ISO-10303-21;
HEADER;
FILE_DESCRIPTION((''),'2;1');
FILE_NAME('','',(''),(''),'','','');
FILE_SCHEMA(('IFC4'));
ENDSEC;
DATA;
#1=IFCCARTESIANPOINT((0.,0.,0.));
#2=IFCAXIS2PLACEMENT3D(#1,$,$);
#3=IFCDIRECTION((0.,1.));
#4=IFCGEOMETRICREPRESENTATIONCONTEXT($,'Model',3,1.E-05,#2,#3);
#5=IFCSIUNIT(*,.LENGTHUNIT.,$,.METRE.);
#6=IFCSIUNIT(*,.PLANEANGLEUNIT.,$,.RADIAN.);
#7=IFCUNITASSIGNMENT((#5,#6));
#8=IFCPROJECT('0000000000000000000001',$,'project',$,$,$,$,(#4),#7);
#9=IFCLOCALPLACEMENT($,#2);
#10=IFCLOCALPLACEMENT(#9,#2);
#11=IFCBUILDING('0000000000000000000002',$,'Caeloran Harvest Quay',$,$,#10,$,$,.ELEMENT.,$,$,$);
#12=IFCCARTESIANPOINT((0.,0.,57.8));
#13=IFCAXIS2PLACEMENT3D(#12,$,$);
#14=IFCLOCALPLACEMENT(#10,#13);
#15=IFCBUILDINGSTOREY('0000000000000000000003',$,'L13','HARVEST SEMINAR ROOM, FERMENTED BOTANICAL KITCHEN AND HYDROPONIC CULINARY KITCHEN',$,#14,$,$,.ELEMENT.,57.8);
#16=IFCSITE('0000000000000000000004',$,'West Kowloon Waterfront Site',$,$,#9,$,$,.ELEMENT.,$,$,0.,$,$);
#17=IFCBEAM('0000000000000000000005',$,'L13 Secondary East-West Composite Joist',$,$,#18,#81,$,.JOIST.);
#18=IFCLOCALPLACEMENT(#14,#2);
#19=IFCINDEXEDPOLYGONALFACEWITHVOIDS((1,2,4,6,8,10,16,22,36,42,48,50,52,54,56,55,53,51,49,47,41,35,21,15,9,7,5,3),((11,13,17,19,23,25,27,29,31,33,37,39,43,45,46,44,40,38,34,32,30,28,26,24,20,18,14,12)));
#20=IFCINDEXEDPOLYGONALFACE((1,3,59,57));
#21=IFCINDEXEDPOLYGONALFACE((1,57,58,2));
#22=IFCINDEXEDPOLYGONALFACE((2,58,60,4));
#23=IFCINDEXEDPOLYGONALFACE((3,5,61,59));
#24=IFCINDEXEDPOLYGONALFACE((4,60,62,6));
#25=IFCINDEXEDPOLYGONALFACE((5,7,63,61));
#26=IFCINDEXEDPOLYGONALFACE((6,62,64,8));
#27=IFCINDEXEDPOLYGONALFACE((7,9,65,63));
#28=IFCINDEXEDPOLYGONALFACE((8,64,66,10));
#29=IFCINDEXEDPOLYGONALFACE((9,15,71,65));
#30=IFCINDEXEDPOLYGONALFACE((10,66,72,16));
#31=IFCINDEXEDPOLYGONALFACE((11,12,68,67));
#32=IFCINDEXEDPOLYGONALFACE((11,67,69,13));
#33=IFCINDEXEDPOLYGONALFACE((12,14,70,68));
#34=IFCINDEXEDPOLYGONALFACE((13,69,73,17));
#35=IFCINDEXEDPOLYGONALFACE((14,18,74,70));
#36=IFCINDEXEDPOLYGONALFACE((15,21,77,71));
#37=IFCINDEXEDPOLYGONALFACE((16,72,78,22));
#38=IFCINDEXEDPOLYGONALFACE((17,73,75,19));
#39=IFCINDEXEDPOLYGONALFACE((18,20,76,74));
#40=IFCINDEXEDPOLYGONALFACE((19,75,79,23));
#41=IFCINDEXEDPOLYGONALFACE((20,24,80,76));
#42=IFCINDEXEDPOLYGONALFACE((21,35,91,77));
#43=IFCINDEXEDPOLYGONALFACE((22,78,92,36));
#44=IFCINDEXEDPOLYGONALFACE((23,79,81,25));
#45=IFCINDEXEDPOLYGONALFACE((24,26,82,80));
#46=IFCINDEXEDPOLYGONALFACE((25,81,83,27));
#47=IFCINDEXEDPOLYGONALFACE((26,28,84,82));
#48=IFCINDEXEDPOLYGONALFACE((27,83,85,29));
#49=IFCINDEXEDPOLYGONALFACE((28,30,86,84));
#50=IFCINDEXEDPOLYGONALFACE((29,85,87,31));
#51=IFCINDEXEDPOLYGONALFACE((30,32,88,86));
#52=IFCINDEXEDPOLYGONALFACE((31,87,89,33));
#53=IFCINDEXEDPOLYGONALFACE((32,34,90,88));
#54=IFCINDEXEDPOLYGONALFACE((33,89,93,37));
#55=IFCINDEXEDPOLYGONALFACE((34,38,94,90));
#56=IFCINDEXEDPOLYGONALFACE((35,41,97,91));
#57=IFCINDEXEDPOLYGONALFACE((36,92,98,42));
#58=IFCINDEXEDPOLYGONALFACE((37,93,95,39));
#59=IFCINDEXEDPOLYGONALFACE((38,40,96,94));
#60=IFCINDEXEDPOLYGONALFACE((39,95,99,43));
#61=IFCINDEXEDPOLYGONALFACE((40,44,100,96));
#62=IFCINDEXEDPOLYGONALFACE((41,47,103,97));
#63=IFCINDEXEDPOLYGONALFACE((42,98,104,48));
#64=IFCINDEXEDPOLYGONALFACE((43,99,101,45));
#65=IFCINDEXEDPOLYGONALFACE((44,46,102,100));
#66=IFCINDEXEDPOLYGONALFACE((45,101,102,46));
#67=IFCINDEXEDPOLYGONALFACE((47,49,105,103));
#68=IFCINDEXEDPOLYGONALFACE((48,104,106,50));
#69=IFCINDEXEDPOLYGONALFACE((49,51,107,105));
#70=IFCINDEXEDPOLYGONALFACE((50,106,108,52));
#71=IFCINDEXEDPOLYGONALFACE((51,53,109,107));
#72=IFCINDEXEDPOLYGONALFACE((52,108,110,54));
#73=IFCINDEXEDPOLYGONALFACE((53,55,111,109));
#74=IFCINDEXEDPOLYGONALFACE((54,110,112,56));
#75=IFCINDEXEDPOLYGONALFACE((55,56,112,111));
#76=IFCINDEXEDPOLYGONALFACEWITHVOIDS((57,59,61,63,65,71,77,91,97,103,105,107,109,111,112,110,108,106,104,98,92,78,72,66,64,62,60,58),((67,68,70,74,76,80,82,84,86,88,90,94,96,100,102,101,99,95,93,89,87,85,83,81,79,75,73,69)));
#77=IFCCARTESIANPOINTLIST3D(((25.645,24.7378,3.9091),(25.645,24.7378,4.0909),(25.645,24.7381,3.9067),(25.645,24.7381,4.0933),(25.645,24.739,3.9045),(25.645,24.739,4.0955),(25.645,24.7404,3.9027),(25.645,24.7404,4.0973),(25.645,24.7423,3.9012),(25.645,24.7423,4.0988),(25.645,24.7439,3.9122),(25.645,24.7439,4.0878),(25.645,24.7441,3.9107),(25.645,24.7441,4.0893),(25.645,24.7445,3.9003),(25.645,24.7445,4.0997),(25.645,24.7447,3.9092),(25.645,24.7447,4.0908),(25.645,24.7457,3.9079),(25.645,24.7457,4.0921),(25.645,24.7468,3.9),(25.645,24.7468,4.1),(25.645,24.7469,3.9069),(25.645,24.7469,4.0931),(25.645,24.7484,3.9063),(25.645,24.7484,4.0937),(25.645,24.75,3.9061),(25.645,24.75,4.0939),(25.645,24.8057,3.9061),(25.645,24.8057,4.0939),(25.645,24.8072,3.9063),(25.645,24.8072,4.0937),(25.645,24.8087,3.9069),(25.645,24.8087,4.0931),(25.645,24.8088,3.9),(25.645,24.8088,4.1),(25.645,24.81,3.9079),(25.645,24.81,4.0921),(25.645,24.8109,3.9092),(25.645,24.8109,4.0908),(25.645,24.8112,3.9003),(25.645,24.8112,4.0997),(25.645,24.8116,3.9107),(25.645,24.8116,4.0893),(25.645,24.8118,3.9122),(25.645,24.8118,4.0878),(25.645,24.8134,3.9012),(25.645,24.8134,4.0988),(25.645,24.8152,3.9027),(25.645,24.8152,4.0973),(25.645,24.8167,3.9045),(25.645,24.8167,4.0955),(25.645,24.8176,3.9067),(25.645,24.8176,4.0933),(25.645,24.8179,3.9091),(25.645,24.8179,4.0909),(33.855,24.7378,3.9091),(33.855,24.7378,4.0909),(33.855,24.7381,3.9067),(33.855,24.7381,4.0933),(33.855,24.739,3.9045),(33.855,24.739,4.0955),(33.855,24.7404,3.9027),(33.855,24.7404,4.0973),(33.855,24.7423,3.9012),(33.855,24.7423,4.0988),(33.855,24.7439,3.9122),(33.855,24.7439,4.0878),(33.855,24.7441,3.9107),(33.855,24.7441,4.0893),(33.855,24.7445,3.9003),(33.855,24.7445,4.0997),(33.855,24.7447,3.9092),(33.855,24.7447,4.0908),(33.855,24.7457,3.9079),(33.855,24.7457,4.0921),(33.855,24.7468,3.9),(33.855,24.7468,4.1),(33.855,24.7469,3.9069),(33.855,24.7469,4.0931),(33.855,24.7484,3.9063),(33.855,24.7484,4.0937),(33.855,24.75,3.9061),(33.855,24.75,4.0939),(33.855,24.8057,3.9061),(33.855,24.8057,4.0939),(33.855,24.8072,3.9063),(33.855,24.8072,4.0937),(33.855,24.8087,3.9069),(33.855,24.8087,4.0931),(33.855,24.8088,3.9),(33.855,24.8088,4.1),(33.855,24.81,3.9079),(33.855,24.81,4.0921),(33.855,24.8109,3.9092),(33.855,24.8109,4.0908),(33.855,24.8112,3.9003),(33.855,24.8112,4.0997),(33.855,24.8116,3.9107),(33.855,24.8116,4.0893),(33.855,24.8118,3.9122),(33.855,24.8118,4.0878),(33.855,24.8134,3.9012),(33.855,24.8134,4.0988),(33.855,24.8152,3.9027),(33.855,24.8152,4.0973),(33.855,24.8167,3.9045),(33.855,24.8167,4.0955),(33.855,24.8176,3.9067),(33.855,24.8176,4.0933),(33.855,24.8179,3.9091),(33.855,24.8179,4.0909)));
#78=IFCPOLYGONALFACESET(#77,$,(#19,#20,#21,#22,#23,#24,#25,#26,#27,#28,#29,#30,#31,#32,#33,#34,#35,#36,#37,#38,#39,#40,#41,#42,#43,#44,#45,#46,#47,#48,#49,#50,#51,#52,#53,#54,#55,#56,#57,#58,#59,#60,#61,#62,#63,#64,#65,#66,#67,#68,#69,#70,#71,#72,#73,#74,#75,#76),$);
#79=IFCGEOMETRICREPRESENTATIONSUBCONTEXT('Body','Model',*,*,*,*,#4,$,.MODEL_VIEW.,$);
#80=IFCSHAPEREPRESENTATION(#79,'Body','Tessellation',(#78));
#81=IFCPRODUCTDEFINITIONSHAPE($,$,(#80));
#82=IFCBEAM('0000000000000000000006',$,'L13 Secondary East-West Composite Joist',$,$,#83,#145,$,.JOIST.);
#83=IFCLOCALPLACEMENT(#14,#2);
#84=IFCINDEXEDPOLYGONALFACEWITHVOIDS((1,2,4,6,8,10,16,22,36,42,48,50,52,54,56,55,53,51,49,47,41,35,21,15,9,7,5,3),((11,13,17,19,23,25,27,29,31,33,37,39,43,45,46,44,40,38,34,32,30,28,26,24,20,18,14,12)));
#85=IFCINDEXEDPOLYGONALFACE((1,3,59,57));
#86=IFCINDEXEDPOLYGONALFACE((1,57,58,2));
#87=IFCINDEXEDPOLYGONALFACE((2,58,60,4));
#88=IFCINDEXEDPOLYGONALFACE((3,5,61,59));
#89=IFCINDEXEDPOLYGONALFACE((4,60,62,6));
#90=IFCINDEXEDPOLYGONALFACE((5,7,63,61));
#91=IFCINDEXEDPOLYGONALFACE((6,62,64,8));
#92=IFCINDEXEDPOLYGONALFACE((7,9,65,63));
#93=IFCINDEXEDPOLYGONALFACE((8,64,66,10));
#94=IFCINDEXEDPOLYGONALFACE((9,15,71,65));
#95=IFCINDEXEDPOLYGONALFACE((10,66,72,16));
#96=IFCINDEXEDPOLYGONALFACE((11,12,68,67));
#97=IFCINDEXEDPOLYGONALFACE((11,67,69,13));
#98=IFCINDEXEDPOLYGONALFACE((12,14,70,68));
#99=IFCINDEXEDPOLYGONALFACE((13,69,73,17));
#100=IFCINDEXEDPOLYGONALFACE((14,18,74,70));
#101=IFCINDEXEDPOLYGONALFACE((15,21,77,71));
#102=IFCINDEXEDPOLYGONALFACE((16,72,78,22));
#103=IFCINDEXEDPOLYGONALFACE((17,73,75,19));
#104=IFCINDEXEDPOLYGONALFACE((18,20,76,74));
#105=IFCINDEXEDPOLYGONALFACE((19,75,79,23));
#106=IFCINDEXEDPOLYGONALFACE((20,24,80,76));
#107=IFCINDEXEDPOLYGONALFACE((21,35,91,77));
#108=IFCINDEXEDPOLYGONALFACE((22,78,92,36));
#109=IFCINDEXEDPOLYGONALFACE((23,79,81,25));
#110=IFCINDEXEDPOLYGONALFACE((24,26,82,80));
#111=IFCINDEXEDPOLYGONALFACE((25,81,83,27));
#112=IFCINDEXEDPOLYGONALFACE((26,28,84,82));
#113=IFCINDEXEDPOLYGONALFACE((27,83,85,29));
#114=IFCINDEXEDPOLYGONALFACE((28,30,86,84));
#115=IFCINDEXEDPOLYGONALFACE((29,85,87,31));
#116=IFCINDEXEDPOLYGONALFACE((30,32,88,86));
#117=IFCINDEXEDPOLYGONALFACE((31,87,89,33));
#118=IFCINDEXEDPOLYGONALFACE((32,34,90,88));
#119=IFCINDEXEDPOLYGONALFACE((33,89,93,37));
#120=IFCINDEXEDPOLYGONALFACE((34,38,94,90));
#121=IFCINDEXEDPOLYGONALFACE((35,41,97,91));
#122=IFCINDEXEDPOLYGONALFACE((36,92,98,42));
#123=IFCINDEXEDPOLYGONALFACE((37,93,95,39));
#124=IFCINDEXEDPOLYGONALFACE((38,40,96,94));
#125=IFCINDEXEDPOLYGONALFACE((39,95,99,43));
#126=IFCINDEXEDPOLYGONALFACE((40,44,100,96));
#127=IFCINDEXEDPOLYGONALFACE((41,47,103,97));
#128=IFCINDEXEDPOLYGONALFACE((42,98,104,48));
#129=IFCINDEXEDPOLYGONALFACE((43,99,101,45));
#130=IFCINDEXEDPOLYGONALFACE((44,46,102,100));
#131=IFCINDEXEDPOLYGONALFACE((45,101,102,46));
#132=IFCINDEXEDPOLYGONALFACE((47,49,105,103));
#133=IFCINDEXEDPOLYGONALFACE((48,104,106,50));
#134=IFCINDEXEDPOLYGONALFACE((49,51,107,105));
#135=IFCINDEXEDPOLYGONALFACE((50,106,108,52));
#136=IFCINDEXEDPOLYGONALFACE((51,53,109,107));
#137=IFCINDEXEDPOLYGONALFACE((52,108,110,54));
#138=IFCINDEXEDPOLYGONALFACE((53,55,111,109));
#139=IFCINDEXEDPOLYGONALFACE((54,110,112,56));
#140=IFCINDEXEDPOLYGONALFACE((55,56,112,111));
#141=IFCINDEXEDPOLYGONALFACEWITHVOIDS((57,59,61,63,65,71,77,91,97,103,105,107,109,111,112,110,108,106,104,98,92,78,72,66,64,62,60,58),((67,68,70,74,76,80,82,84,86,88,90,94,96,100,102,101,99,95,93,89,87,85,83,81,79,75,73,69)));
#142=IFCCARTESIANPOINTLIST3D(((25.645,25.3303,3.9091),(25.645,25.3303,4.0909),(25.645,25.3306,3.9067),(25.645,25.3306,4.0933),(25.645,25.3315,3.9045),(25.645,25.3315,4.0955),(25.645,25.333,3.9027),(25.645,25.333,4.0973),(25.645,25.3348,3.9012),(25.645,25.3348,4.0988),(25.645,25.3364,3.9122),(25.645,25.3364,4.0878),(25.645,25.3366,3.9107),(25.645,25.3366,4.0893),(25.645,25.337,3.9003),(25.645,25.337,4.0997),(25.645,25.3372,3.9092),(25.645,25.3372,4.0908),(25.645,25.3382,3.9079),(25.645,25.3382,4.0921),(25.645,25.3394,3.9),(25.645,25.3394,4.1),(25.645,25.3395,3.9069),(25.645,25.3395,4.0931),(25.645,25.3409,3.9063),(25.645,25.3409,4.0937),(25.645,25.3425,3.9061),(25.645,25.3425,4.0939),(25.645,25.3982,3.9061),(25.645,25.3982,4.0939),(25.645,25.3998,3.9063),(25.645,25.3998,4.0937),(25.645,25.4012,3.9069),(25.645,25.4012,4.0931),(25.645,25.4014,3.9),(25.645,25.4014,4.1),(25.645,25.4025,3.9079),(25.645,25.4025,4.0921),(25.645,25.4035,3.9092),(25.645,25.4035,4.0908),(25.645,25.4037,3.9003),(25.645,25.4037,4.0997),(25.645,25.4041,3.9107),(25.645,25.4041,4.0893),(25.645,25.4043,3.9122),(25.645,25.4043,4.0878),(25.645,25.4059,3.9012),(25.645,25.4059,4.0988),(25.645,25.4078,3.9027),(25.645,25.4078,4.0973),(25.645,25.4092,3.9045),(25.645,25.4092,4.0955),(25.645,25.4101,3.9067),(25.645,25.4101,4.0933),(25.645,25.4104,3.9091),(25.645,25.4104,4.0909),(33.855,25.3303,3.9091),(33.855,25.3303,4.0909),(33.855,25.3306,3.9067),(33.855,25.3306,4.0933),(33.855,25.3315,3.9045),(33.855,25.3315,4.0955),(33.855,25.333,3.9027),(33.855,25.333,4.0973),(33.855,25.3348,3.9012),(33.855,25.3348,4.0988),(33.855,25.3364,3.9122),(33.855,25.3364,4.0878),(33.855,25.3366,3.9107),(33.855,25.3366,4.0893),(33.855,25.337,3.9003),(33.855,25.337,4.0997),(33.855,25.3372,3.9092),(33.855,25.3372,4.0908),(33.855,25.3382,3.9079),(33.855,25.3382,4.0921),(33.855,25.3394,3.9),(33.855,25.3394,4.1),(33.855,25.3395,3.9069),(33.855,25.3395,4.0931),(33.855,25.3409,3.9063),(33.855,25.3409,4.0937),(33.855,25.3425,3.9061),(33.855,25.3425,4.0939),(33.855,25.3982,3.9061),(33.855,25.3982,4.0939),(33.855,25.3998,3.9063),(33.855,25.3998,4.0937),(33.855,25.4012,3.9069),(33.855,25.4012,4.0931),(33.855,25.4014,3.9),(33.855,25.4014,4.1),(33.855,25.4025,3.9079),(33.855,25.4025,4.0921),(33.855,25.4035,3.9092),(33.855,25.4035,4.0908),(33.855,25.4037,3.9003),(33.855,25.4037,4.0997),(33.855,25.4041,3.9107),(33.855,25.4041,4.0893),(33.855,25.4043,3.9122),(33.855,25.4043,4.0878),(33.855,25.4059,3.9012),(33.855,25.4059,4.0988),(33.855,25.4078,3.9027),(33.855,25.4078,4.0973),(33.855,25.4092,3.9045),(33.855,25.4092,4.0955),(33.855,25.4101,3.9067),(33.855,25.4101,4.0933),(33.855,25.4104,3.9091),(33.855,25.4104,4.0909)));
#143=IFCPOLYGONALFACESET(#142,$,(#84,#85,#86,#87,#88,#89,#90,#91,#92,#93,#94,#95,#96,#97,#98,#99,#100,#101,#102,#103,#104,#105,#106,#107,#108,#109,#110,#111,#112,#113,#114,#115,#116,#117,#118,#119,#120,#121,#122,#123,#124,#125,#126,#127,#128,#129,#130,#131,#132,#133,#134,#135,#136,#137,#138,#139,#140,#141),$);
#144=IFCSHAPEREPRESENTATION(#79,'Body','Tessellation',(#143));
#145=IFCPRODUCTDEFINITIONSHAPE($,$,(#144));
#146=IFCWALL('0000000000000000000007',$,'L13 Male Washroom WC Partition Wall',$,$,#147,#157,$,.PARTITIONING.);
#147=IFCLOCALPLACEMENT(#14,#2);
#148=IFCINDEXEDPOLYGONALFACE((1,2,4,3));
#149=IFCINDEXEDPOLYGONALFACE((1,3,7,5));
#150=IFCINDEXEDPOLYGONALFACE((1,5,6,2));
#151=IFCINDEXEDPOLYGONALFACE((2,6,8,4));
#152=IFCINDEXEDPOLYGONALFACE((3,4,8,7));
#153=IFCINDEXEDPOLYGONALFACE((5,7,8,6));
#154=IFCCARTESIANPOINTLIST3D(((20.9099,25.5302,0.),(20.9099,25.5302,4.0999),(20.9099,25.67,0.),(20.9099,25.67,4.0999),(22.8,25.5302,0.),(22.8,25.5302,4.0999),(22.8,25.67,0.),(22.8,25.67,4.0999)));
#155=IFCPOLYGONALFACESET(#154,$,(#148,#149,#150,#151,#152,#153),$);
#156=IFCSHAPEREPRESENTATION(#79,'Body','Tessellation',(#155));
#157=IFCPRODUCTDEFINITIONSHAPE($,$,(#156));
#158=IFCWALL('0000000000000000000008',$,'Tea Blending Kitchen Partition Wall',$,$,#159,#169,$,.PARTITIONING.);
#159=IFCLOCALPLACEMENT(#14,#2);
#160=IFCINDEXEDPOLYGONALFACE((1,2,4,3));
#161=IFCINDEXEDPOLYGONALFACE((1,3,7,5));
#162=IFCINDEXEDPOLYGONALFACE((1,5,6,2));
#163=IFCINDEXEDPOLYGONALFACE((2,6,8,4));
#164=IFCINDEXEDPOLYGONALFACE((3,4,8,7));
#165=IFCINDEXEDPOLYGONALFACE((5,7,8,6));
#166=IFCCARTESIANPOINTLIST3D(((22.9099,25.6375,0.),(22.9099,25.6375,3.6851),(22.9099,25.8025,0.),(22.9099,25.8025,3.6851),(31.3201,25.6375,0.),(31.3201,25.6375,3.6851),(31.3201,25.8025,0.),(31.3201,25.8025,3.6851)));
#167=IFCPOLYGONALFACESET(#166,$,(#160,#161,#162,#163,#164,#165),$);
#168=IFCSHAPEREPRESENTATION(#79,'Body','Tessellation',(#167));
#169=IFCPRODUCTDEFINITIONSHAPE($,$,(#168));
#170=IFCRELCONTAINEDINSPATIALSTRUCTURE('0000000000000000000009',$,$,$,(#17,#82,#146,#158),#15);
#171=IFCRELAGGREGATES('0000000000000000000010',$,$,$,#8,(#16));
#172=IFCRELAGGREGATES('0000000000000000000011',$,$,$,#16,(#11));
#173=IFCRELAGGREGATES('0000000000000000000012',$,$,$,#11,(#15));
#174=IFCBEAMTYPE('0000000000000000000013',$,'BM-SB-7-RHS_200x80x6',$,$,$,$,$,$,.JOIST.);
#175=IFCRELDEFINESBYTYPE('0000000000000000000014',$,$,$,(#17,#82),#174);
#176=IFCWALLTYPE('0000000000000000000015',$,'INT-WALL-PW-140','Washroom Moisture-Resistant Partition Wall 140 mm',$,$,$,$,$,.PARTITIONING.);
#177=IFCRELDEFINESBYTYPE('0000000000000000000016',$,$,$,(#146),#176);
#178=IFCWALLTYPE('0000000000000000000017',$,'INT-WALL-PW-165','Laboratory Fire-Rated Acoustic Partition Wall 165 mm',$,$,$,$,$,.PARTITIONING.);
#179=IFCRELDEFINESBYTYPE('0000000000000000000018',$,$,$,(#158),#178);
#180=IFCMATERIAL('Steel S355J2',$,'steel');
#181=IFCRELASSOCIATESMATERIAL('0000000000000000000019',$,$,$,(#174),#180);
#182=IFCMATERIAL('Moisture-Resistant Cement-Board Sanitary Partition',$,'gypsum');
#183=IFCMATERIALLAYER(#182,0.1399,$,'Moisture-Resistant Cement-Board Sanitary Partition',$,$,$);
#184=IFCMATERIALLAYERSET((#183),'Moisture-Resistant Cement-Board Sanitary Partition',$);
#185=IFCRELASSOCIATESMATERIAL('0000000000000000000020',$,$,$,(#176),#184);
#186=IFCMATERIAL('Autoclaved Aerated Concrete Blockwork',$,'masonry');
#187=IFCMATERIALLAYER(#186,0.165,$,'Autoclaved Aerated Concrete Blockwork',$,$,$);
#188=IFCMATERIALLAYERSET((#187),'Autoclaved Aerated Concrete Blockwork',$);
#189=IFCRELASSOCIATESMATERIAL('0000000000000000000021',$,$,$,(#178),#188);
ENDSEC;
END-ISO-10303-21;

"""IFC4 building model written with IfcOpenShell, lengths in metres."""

from ifc_helpers import new_model, si_unit, direction, frame, frame_2d, origin, origin_2d, place, context, subcontext, project, spatial, rectangle, hollow_rectangle, extrude, material, layer, layer_set, material_profile, profile_set, type_object, element, save


model = new_model("IFC4")

# Units and contexts
model_context = context("Model", 3, precision=1e-05, world=origin(), true_north=direction((0.0, 1.0)))
body_context = subcontext(model_context, "Body", "Model", "MODEL_VIEW")
ifc_project = project(units=[si_unit("LENGTHUNIT", "METRE"), si_unit("PLANEANGLEUNIT", "RADIAN")], contexts=[model_context])

# Site, building, storey
site_placement = place(None, origin())
site = spatial("IfcSite", under=ifc_project, at=site_placement, Name="West Kowloon Waterfront Site", CompositionType="ELEMENT", RefElevation=0.0)
building_placement = place(site_placement, origin())
building = spatial("IfcBuilding", under=site, at=building_placement, Name="Caeloran Harvest Quay", CompositionType="ELEMENT")
storey_placement = place(building_placement, frame((0.0, 0.0, 57.8)))
storey = spatial("IfcBuildingStorey", under=building, at=storey_placement, Name="L13", Description="HARVEST SEMINAR ROOM, FERMENTED BOTANICAL KITCHEN AND HYDROPONIC CULINARY KITCHEN", CompositionType="ELEMENT", Elevation=57.8)

# Beams
ifc_material_1 = material(Name="Steel S355J2", Category="steel")
ifc_material_profile_1 = material_profile(ifc_material_1, hollow_rectangle(XDim=0.0801, YDim=0.2, WallThickness=0.0061, InnerFilletRadius=0.0061, OuterFilletRadius=0.009, at=origin_2d()), Name="RHS 200x80x6")
ifc_profile_set_1 = profile_set([ifc_material_profile_1], Name="Steel S355J2")
beam_type_1 = type_object("IfcBeamType", Name="BM-SB-7-RHS_200x80x6", PredefinedType="JOIST", material=ifc_profile_set_1)
for number, where, z_axis, x_axis, name in (
    (1, (25.645, 24.7778, 4.0), (1.0, 0.0, 0.0), (0.0, 1.0, 0.0), "L13 Secondary East-West Composite Joist"),
    (2, (25.645, 25.3704, 4.0), (1.0, 0.0, 0.0), (0.0, 1.0, 0.0), "L13 Secondary East-West Composite Joist"),
):
    element("IfcBeam", number, at=place(storey_placement, frame(where, z_axis=z_axis, x_axis=x_axis)), inside=storey, type_object=beam_type_1, Name=name, PredefinedType="JOIST", context=body_context, shape_type="SweptSolid", body=[
        extrude(hollow_rectangle(XDim=0.0801, YDim=0.2, WallThickness=0.0061, InnerFilletRadius=0.0061, OuterFilletRadius=0.009, at=origin_2d()), origin(), (0.0, 0.0, 1.0), 8.21),
    ])

# Walls
ifc_material_2 = material(Name="Moisture-Resistant Cement-Board Sanitary Partition", Category="gypsum")
ifc_layer_1 = layer(ifc_material_2, 0.1399, Name="Moisture-Resistant Cement-Board Sanitary Partition")
ifc_layer_set_1 = layer_set([ifc_layer_1], Name="Moisture-Resistant Cement-Board Sanitary Partition")
wall_type_1 = type_object("IfcWallType", Name="INT-WALL-PW-140", Description="Washroom Moisture-Resistant Partition Wall 140 mm", PredefinedType="PARTITIONING", material=ifc_layer_set_1)
wall_1_placement = place(storey_placement, frame((22.8, 25.6001, 0.0), z_axis=(0.0, 0.0, 1.0), x_axis=(-1.0, 0.0, 0.0)))
element("IfcWall", 3, at=wall_1_placement, inside=storey, type_object=wall_type_1, Name="L13 Male Washroom WC Partition Wall", PredefinedType="PARTITIONING", context=body_context, shape_type="SweptSolid", body=[
    extrude(rectangle(XDim=1.8901, YDim=0.1399, at=frame_2d((0.9451, 0.0))), origin(), (0.0, 0.0, 1.0), 4.0999),
])
ifc_material_3 = material(Name="Autoclaved Aerated Concrete Blockwork", Category="masonry")
ifc_layer_2 = layer(ifc_material_3, 0.165, Name="Autoclaved Aerated Concrete Blockwork")
ifc_layer_set_2 = layer_set([ifc_layer_2], Name="Autoclaved Aerated Concrete Blockwork")
wall_type_2 = type_object("IfcWallType", Name="INT-WALL-PW-165", Description="Laboratory Fire-Rated Acoustic Partition Wall 165 mm", PredefinedType="PARTITIONING", material=ifc_layer_set_2)
wall_2_placement = place(storey_placement, frame((22.9099, 25.72, 0.0), z_axis=(0.0, 0.0, 1.0), x_axis=(1.0, 0.0, 0.0)))
element("IfcWall", 4, at=wall_2_placement, inside=storey, type_object=wall_type_2, Name="Tea Blending Kitchen Partition Wall", PredefinedType="PARTITIONING", context=body_context, shape_type="SweptSolid", body=[
    extrude(rectangle(XDim=8.4102, YDim=0.165, at=frame_2d((4.2051, 0.0))), origin(), (0.0, 0.0, 1.0), 3.6851),
])

save(model, "model.ifc")
